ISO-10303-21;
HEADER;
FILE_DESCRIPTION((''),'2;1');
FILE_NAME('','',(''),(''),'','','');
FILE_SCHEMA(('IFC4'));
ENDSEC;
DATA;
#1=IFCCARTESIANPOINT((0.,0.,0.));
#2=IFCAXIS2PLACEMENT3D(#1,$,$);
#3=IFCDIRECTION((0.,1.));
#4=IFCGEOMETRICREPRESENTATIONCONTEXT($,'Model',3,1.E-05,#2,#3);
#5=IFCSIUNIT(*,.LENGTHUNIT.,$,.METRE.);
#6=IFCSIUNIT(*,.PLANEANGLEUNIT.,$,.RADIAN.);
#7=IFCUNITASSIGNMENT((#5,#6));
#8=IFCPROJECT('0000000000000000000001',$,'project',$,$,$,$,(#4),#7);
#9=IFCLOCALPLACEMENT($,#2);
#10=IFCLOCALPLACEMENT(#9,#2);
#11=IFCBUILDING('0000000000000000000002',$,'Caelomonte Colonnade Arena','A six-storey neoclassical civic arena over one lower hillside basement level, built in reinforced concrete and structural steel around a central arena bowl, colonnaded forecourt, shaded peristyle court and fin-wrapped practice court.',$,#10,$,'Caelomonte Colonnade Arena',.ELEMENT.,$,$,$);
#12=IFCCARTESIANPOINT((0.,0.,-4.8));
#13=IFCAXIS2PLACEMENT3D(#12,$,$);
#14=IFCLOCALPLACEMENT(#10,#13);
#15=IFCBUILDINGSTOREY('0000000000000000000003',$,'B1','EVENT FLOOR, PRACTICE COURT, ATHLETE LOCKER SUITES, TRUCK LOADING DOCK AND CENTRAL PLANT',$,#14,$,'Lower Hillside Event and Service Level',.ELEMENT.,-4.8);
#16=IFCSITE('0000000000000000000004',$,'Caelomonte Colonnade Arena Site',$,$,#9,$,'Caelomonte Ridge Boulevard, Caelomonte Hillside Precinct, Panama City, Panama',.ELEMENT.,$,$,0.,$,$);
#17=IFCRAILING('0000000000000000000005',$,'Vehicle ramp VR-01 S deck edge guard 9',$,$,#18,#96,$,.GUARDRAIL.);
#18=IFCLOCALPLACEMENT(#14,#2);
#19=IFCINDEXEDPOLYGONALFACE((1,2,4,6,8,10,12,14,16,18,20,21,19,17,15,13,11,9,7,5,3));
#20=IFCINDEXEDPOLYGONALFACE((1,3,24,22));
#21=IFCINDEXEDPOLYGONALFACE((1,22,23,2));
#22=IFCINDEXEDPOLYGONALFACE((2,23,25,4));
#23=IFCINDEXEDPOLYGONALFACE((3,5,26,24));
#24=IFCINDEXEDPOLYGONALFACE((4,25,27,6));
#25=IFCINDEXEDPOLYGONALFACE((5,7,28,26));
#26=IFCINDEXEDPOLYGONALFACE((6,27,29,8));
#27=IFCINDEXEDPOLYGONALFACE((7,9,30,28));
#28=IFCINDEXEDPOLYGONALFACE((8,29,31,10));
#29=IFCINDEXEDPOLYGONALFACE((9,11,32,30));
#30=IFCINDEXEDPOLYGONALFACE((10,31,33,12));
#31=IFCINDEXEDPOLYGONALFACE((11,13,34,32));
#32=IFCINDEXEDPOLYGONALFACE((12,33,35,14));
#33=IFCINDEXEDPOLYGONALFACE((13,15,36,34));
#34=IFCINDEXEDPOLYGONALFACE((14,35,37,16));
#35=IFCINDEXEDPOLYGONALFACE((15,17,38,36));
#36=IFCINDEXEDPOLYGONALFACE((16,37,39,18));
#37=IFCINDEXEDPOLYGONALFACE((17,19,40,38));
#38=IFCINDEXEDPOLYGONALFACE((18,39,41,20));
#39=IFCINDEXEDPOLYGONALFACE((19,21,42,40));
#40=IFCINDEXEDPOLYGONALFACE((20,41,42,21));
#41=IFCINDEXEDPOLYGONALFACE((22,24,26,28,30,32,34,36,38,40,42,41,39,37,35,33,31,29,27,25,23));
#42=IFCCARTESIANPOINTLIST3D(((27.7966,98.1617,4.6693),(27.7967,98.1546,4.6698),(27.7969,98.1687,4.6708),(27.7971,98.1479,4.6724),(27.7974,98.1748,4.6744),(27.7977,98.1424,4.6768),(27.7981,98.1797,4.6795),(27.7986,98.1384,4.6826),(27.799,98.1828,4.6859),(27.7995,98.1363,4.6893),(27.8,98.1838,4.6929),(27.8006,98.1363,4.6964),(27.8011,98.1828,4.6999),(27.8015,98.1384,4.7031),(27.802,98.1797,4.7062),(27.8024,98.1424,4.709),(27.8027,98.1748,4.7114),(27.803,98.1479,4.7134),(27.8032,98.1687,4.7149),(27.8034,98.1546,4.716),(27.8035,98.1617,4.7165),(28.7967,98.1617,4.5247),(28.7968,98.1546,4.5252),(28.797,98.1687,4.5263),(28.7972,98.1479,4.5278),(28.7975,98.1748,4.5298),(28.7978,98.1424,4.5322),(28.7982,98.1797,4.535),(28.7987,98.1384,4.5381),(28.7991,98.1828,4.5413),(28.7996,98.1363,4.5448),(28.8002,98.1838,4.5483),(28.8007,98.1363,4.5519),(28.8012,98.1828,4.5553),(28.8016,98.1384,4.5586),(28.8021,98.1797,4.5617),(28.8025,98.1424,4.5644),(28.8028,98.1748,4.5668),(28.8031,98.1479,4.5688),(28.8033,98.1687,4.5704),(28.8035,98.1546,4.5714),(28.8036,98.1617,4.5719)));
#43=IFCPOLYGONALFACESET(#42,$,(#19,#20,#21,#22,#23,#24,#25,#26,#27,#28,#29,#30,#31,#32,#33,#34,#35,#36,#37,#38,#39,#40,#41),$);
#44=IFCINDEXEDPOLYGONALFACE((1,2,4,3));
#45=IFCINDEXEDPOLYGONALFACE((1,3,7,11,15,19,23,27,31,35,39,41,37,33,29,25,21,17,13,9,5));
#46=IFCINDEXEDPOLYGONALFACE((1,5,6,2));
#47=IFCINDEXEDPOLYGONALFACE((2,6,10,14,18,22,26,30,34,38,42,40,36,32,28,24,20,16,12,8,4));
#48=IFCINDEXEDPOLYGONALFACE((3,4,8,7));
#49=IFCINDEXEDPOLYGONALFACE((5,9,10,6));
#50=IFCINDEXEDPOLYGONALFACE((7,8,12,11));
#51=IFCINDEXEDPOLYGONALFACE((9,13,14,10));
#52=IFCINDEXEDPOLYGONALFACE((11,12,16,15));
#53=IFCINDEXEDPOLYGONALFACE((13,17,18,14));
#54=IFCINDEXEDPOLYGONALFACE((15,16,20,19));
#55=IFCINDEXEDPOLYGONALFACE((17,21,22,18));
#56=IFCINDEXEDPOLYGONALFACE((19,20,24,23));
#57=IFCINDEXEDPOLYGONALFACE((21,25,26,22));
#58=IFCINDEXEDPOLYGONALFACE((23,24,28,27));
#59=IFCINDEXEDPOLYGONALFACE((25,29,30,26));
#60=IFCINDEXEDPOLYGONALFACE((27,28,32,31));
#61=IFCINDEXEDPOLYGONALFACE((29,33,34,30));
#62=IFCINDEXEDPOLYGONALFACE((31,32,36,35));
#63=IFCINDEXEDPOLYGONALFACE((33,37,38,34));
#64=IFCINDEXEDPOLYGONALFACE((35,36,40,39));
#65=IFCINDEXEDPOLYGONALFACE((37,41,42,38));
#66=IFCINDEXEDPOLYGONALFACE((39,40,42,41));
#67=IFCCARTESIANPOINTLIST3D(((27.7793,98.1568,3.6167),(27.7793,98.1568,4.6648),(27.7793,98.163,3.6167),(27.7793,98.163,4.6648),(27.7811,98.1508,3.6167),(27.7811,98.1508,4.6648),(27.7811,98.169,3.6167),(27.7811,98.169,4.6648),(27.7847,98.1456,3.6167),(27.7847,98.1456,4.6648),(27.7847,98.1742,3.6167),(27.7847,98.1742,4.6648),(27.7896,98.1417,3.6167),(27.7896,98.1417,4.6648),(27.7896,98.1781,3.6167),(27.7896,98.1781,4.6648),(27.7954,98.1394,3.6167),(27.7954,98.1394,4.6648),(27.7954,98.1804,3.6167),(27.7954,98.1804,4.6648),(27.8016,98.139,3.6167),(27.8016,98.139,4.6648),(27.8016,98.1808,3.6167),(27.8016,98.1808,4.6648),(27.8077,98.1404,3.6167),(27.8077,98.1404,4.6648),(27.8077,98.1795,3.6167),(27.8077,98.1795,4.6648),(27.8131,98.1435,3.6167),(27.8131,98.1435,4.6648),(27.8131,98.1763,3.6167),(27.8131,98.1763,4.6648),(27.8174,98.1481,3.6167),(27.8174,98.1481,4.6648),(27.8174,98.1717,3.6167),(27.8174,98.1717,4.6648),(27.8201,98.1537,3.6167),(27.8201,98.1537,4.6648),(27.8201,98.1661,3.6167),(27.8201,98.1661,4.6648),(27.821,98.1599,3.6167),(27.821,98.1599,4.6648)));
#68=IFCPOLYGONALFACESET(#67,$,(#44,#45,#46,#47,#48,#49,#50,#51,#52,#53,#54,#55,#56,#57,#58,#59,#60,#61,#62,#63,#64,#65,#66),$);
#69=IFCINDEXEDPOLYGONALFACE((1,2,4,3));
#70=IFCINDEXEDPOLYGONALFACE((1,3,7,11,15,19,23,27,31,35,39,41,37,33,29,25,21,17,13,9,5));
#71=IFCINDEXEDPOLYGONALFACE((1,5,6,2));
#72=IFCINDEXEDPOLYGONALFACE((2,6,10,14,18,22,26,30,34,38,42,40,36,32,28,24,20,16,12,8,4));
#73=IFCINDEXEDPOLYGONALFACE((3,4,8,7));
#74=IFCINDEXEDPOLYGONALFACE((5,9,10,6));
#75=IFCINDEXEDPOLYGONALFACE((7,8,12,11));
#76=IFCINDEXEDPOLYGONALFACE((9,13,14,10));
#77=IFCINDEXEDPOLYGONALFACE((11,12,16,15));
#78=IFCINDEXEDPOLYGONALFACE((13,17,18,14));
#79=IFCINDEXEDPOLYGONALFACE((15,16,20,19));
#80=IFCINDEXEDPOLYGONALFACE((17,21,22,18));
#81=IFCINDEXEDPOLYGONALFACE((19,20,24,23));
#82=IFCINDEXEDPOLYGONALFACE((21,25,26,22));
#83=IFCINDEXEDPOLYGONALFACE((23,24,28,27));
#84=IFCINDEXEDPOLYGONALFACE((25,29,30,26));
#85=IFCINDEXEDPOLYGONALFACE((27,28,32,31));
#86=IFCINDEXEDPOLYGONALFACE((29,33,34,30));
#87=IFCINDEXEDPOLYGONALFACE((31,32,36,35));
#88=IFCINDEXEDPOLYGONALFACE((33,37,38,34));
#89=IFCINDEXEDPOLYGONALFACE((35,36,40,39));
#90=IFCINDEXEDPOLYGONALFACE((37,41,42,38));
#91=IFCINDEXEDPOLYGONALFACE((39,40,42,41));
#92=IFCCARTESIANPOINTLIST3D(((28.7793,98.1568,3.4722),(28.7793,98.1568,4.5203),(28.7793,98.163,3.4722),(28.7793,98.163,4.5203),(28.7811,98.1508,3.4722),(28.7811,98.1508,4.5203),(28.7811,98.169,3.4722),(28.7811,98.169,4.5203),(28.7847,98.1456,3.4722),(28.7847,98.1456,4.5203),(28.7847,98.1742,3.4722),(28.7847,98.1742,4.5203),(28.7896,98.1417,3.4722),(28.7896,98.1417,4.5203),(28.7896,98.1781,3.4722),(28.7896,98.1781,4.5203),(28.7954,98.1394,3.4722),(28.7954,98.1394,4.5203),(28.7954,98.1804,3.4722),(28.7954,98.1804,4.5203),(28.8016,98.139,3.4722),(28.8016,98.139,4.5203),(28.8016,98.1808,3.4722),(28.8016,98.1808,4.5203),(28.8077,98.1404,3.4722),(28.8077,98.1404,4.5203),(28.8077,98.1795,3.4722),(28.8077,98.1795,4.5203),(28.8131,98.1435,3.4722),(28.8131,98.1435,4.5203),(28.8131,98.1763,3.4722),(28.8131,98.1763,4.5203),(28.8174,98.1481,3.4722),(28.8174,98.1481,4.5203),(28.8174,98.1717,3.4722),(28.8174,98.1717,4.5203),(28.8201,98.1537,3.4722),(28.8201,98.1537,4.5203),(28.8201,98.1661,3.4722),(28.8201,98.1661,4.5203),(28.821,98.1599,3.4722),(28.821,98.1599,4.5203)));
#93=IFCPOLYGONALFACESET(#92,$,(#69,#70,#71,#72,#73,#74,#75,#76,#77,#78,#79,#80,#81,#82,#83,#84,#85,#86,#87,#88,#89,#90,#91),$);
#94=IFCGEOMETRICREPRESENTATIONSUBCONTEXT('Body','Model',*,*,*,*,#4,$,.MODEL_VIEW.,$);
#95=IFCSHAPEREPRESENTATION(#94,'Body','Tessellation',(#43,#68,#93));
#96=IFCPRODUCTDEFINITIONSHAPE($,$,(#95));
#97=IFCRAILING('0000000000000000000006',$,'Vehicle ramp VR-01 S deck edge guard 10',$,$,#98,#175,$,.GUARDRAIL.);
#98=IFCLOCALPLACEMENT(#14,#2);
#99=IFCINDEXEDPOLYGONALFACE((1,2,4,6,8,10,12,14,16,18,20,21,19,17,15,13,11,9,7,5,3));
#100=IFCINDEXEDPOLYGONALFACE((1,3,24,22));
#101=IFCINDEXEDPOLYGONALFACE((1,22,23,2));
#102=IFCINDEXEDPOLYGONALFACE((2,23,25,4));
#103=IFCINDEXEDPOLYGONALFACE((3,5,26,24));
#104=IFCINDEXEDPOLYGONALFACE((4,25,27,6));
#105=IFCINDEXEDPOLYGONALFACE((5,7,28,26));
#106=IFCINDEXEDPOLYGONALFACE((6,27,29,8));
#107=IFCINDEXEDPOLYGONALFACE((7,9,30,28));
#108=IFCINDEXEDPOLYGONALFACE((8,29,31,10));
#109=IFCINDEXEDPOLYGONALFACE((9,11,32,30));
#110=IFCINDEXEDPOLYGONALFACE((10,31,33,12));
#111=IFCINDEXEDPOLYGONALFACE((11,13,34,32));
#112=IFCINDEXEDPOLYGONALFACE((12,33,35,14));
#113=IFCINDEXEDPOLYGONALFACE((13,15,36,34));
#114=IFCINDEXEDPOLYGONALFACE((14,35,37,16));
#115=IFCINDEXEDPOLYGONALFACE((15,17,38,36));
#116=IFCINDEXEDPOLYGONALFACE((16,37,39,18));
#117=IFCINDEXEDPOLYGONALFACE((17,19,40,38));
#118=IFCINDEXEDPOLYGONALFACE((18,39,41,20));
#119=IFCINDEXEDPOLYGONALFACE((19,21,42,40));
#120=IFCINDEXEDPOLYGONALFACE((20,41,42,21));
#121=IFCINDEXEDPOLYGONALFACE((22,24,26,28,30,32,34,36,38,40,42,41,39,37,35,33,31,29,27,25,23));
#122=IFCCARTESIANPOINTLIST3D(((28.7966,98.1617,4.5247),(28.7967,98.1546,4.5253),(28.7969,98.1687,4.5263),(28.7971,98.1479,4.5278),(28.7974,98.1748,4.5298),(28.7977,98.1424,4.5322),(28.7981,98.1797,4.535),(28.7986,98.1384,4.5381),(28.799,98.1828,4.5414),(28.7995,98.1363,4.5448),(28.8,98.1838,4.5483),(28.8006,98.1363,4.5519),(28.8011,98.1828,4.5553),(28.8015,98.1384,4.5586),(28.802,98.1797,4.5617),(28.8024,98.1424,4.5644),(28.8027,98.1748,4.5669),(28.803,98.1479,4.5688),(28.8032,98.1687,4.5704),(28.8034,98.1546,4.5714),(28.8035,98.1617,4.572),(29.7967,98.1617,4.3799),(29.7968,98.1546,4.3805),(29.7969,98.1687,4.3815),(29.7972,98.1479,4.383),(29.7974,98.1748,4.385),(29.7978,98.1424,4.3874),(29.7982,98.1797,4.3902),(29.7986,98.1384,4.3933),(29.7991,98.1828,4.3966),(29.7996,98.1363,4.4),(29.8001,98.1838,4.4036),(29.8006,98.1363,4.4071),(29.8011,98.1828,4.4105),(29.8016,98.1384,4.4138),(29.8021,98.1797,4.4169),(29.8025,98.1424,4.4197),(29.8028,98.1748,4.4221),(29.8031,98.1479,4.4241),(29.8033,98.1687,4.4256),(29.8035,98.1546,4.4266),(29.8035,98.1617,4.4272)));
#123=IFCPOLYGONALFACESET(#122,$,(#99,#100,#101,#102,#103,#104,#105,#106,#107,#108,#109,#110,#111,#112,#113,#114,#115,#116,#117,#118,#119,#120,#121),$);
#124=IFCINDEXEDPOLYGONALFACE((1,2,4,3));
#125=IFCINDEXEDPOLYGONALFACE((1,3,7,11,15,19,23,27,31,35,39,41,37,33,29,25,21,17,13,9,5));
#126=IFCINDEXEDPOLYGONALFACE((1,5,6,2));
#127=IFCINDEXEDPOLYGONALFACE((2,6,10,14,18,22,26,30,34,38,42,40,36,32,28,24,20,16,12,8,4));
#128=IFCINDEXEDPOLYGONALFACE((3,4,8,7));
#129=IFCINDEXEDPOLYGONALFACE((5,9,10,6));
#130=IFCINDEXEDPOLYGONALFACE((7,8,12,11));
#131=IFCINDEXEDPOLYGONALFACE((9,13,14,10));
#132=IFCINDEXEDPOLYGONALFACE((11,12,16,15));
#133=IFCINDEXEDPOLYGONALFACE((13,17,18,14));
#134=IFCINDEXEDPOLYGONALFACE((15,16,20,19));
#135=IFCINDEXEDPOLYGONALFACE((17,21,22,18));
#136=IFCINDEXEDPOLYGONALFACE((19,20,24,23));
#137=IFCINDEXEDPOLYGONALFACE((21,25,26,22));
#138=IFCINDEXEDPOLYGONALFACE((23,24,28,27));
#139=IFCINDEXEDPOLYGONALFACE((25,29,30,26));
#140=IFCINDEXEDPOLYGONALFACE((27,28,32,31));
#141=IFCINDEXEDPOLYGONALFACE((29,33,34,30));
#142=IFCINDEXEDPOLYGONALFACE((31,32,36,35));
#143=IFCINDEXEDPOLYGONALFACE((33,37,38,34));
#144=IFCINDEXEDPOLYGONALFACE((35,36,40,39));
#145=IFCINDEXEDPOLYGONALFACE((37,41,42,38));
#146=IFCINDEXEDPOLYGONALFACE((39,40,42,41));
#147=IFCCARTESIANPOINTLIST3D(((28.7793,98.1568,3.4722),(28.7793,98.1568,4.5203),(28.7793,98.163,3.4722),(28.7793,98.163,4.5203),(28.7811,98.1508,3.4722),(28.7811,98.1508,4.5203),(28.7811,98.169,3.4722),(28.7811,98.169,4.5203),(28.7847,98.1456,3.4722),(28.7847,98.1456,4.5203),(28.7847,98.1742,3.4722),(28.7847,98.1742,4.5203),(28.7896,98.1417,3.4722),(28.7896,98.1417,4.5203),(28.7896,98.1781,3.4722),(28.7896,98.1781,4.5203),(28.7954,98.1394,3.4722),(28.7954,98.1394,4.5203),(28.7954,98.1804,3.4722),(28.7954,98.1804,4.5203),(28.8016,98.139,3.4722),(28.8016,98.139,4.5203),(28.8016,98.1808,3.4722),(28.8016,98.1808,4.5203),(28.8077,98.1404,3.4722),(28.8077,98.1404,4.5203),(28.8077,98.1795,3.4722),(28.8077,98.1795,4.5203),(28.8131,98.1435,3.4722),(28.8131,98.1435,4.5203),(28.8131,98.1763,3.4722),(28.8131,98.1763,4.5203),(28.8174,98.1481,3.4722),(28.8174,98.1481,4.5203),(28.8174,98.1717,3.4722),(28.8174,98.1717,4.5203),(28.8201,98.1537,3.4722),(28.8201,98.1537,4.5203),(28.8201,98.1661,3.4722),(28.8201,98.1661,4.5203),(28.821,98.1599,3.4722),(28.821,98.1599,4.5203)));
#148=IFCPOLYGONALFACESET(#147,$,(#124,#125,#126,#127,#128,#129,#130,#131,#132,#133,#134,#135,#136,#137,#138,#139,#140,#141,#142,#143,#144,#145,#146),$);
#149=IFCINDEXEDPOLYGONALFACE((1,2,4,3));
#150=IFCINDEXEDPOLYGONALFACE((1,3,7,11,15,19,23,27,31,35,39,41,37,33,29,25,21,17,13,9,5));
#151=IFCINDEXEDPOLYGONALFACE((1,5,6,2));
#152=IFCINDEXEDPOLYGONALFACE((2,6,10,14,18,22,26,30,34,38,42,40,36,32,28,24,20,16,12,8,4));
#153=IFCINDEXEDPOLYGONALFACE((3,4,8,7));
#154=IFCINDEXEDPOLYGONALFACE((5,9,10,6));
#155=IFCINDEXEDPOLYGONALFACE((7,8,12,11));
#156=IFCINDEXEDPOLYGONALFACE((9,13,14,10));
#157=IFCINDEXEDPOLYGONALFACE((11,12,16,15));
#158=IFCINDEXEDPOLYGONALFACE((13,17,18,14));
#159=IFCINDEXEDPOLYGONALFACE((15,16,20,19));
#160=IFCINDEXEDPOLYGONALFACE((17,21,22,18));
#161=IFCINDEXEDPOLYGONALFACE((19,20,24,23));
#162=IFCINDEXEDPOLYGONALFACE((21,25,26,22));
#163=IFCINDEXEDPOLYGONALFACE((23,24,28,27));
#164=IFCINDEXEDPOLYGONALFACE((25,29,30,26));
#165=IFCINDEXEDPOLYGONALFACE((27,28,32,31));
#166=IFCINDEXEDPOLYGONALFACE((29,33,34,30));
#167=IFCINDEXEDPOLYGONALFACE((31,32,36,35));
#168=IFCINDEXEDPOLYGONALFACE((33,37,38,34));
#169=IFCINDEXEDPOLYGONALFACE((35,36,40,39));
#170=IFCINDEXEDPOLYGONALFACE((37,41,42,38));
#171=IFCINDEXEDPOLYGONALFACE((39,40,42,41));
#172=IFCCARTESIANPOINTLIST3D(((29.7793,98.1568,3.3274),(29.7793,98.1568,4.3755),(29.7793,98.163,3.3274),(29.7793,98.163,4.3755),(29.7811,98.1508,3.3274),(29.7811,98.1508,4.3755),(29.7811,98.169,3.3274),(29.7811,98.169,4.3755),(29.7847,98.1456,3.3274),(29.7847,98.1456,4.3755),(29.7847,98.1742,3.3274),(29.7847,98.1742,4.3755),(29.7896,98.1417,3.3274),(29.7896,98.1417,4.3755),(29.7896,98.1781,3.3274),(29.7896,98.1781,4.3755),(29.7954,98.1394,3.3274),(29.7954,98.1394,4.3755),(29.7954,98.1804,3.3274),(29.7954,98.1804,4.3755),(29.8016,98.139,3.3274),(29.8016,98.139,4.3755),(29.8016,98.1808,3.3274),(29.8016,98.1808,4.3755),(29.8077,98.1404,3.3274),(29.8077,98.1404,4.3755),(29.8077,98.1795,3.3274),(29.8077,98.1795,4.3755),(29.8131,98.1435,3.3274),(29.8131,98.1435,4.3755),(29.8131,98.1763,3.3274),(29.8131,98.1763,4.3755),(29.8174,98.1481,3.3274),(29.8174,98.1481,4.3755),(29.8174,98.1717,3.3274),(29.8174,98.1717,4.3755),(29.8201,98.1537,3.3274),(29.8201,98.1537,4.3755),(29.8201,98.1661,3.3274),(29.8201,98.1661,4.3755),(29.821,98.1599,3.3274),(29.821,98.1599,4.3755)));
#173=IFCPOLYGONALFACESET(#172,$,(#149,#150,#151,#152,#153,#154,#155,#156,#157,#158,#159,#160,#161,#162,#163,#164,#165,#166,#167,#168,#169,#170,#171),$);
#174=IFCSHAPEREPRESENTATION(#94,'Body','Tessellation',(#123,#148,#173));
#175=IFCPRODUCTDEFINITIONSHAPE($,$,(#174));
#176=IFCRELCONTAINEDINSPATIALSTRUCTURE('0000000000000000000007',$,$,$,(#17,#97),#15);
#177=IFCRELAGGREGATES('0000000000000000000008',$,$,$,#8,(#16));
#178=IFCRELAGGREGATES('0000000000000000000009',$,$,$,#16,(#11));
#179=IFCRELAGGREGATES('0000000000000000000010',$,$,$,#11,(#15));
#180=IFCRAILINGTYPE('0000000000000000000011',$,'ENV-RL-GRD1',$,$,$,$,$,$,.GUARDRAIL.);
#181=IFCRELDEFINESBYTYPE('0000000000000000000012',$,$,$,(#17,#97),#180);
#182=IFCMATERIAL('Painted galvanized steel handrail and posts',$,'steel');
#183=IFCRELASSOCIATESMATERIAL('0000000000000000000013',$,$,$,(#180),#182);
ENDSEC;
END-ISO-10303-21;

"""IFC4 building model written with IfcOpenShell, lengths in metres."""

from ifc_helpers import new_model, si_unit, direction, frame, origin, origin_2d, place, context, subcontext, project, spatial, circle, extrude, material, type_object, element, save


model = new_model("IFC4")

# Units and contexts
model_context = context("Model", 3, precision=1e-05, world=origin(), true_north=direction((0.0, 1.0)))
body_context = subcontext(model_context, "Body", "Model", "MODEL_VIEW")
ifc_project = project(units=[si_unit("LENGTHUNIT", "METRE"), si_unit("PLANEANGLEUNIT", "RADIAN")], contexts=[model_context])

# Site, building, storey
site_placement = place(None, origin())
site = spatial("IfcSite", under=ifc_project, at=site_placement, Name="Caelomonte Colonnade Arena Site", LongName="Caelomonte Ridge Boulevard, Caelomonte Hillside Precinct, Panama City, Panama", CompositionType="ELEMENT", RefElevation=0.0)
building_placement = place(site_placement, origin())
building = spatial("IfcBuilding", under=site, at=building_placement, Name="Caelomonte Colonnade Arena", Description="A six-storey neoclassical civic arena over one lower hillside basement level, built in reinforced concrete and structural steel around a central arena bowl, colonnaded forecourt, shaded peristyle court and fin-wrapped practice court.", LongName="Caelomonte Colonnade Arena", CompositionType="ELEMENT")
storey_placement = place(building_placement, frame((0.0, 0.0, -4.8)))
storey = spatial("IfcBuildingStorey", under=building, at=storey_placement, Name="B1", Description="EVENT FLOOR, PRACTICE COURT, ATHLETE LOCKER SUITES, TRUCK LOADING DOCK AND CENTRAL PLANT", LongName="Lower Hillside Event and Service Level", CompositionType="ELEMENT", Elevation=-4.8)

# Railings
ifc_material_1 = material(Name="Painted galvanized steel handrail and posts", Category="steel")
railing_type = type_object("IfcRailingType", Name="ENV-RL-GRD1", PredefinedType="GUARDRAIL", material=ifc_material_1)
for number, where, name in (
    (1, (27.8, 98.1599, 3.6167), "Vehicle ramp VR-01 S deck edge guard 9"),
):
    element("IfcRailing", number, at=place(storey_placement, frame(where)), inside=storey, type_object=railing_type, Name=name, PredefinedType="GUARDRAIL", context=body_context, shape_type="SweptSolid", body=[
        extrude(circle(Radius=0.0239, at=origin_2d()), frame((0.0, 0.0, 1.0762), z_axis=(0.989716, 0.0, -0.143045), x_axis=(0.0, 1.0, 0.0)), (0.0, 0.0, 1.0), 1.0105),
        extrude(circle(Radius=0.021, at=origin_2d()), origin(), (0.0, 0.0, 1.0), 1.0481),
        extrude(circle(Radius=0.021, at=origin_2d()), frame((1.0, 0.0, -0.1445)), (0.0, 0.0, 1.0), 1.0481),
    ])
for number, where, name in (
    (2, (28.8, 98.1599, 3.4722), "Vehicle ramp VR-01 S deck edge guard 10"),
):
    element("IfcRailing", number, at=place(storey_placement, frame(where)), inside=storey, type_object=railing_type, Name=name, PredefinedType="GUARDRAIL", context=body_context, shape_type="SweptSolid", body=[
        extrude(circle(Radius=0.0239, at=origin_2d()), frame((0.0, 0.0, 1.0762), z_axis=(0.989682, 0.0, -0.143282), x_axis=(0.0, 1.0, 0.0)), (0.0, 0.0, 1.0), 1.0105),
        extrude(circle(Radius=0.021, at=origin_2d()), origin(), (0.0, 0.0, 1.0), 1.0481),
        extrude(circle(Radius=0.021, at=origin_2d()), frame((1.0, 0.0, -0.1448)), (0.0, 0.0, 1.0), 1.0481),
    ])

save(model, "model.ifc")
